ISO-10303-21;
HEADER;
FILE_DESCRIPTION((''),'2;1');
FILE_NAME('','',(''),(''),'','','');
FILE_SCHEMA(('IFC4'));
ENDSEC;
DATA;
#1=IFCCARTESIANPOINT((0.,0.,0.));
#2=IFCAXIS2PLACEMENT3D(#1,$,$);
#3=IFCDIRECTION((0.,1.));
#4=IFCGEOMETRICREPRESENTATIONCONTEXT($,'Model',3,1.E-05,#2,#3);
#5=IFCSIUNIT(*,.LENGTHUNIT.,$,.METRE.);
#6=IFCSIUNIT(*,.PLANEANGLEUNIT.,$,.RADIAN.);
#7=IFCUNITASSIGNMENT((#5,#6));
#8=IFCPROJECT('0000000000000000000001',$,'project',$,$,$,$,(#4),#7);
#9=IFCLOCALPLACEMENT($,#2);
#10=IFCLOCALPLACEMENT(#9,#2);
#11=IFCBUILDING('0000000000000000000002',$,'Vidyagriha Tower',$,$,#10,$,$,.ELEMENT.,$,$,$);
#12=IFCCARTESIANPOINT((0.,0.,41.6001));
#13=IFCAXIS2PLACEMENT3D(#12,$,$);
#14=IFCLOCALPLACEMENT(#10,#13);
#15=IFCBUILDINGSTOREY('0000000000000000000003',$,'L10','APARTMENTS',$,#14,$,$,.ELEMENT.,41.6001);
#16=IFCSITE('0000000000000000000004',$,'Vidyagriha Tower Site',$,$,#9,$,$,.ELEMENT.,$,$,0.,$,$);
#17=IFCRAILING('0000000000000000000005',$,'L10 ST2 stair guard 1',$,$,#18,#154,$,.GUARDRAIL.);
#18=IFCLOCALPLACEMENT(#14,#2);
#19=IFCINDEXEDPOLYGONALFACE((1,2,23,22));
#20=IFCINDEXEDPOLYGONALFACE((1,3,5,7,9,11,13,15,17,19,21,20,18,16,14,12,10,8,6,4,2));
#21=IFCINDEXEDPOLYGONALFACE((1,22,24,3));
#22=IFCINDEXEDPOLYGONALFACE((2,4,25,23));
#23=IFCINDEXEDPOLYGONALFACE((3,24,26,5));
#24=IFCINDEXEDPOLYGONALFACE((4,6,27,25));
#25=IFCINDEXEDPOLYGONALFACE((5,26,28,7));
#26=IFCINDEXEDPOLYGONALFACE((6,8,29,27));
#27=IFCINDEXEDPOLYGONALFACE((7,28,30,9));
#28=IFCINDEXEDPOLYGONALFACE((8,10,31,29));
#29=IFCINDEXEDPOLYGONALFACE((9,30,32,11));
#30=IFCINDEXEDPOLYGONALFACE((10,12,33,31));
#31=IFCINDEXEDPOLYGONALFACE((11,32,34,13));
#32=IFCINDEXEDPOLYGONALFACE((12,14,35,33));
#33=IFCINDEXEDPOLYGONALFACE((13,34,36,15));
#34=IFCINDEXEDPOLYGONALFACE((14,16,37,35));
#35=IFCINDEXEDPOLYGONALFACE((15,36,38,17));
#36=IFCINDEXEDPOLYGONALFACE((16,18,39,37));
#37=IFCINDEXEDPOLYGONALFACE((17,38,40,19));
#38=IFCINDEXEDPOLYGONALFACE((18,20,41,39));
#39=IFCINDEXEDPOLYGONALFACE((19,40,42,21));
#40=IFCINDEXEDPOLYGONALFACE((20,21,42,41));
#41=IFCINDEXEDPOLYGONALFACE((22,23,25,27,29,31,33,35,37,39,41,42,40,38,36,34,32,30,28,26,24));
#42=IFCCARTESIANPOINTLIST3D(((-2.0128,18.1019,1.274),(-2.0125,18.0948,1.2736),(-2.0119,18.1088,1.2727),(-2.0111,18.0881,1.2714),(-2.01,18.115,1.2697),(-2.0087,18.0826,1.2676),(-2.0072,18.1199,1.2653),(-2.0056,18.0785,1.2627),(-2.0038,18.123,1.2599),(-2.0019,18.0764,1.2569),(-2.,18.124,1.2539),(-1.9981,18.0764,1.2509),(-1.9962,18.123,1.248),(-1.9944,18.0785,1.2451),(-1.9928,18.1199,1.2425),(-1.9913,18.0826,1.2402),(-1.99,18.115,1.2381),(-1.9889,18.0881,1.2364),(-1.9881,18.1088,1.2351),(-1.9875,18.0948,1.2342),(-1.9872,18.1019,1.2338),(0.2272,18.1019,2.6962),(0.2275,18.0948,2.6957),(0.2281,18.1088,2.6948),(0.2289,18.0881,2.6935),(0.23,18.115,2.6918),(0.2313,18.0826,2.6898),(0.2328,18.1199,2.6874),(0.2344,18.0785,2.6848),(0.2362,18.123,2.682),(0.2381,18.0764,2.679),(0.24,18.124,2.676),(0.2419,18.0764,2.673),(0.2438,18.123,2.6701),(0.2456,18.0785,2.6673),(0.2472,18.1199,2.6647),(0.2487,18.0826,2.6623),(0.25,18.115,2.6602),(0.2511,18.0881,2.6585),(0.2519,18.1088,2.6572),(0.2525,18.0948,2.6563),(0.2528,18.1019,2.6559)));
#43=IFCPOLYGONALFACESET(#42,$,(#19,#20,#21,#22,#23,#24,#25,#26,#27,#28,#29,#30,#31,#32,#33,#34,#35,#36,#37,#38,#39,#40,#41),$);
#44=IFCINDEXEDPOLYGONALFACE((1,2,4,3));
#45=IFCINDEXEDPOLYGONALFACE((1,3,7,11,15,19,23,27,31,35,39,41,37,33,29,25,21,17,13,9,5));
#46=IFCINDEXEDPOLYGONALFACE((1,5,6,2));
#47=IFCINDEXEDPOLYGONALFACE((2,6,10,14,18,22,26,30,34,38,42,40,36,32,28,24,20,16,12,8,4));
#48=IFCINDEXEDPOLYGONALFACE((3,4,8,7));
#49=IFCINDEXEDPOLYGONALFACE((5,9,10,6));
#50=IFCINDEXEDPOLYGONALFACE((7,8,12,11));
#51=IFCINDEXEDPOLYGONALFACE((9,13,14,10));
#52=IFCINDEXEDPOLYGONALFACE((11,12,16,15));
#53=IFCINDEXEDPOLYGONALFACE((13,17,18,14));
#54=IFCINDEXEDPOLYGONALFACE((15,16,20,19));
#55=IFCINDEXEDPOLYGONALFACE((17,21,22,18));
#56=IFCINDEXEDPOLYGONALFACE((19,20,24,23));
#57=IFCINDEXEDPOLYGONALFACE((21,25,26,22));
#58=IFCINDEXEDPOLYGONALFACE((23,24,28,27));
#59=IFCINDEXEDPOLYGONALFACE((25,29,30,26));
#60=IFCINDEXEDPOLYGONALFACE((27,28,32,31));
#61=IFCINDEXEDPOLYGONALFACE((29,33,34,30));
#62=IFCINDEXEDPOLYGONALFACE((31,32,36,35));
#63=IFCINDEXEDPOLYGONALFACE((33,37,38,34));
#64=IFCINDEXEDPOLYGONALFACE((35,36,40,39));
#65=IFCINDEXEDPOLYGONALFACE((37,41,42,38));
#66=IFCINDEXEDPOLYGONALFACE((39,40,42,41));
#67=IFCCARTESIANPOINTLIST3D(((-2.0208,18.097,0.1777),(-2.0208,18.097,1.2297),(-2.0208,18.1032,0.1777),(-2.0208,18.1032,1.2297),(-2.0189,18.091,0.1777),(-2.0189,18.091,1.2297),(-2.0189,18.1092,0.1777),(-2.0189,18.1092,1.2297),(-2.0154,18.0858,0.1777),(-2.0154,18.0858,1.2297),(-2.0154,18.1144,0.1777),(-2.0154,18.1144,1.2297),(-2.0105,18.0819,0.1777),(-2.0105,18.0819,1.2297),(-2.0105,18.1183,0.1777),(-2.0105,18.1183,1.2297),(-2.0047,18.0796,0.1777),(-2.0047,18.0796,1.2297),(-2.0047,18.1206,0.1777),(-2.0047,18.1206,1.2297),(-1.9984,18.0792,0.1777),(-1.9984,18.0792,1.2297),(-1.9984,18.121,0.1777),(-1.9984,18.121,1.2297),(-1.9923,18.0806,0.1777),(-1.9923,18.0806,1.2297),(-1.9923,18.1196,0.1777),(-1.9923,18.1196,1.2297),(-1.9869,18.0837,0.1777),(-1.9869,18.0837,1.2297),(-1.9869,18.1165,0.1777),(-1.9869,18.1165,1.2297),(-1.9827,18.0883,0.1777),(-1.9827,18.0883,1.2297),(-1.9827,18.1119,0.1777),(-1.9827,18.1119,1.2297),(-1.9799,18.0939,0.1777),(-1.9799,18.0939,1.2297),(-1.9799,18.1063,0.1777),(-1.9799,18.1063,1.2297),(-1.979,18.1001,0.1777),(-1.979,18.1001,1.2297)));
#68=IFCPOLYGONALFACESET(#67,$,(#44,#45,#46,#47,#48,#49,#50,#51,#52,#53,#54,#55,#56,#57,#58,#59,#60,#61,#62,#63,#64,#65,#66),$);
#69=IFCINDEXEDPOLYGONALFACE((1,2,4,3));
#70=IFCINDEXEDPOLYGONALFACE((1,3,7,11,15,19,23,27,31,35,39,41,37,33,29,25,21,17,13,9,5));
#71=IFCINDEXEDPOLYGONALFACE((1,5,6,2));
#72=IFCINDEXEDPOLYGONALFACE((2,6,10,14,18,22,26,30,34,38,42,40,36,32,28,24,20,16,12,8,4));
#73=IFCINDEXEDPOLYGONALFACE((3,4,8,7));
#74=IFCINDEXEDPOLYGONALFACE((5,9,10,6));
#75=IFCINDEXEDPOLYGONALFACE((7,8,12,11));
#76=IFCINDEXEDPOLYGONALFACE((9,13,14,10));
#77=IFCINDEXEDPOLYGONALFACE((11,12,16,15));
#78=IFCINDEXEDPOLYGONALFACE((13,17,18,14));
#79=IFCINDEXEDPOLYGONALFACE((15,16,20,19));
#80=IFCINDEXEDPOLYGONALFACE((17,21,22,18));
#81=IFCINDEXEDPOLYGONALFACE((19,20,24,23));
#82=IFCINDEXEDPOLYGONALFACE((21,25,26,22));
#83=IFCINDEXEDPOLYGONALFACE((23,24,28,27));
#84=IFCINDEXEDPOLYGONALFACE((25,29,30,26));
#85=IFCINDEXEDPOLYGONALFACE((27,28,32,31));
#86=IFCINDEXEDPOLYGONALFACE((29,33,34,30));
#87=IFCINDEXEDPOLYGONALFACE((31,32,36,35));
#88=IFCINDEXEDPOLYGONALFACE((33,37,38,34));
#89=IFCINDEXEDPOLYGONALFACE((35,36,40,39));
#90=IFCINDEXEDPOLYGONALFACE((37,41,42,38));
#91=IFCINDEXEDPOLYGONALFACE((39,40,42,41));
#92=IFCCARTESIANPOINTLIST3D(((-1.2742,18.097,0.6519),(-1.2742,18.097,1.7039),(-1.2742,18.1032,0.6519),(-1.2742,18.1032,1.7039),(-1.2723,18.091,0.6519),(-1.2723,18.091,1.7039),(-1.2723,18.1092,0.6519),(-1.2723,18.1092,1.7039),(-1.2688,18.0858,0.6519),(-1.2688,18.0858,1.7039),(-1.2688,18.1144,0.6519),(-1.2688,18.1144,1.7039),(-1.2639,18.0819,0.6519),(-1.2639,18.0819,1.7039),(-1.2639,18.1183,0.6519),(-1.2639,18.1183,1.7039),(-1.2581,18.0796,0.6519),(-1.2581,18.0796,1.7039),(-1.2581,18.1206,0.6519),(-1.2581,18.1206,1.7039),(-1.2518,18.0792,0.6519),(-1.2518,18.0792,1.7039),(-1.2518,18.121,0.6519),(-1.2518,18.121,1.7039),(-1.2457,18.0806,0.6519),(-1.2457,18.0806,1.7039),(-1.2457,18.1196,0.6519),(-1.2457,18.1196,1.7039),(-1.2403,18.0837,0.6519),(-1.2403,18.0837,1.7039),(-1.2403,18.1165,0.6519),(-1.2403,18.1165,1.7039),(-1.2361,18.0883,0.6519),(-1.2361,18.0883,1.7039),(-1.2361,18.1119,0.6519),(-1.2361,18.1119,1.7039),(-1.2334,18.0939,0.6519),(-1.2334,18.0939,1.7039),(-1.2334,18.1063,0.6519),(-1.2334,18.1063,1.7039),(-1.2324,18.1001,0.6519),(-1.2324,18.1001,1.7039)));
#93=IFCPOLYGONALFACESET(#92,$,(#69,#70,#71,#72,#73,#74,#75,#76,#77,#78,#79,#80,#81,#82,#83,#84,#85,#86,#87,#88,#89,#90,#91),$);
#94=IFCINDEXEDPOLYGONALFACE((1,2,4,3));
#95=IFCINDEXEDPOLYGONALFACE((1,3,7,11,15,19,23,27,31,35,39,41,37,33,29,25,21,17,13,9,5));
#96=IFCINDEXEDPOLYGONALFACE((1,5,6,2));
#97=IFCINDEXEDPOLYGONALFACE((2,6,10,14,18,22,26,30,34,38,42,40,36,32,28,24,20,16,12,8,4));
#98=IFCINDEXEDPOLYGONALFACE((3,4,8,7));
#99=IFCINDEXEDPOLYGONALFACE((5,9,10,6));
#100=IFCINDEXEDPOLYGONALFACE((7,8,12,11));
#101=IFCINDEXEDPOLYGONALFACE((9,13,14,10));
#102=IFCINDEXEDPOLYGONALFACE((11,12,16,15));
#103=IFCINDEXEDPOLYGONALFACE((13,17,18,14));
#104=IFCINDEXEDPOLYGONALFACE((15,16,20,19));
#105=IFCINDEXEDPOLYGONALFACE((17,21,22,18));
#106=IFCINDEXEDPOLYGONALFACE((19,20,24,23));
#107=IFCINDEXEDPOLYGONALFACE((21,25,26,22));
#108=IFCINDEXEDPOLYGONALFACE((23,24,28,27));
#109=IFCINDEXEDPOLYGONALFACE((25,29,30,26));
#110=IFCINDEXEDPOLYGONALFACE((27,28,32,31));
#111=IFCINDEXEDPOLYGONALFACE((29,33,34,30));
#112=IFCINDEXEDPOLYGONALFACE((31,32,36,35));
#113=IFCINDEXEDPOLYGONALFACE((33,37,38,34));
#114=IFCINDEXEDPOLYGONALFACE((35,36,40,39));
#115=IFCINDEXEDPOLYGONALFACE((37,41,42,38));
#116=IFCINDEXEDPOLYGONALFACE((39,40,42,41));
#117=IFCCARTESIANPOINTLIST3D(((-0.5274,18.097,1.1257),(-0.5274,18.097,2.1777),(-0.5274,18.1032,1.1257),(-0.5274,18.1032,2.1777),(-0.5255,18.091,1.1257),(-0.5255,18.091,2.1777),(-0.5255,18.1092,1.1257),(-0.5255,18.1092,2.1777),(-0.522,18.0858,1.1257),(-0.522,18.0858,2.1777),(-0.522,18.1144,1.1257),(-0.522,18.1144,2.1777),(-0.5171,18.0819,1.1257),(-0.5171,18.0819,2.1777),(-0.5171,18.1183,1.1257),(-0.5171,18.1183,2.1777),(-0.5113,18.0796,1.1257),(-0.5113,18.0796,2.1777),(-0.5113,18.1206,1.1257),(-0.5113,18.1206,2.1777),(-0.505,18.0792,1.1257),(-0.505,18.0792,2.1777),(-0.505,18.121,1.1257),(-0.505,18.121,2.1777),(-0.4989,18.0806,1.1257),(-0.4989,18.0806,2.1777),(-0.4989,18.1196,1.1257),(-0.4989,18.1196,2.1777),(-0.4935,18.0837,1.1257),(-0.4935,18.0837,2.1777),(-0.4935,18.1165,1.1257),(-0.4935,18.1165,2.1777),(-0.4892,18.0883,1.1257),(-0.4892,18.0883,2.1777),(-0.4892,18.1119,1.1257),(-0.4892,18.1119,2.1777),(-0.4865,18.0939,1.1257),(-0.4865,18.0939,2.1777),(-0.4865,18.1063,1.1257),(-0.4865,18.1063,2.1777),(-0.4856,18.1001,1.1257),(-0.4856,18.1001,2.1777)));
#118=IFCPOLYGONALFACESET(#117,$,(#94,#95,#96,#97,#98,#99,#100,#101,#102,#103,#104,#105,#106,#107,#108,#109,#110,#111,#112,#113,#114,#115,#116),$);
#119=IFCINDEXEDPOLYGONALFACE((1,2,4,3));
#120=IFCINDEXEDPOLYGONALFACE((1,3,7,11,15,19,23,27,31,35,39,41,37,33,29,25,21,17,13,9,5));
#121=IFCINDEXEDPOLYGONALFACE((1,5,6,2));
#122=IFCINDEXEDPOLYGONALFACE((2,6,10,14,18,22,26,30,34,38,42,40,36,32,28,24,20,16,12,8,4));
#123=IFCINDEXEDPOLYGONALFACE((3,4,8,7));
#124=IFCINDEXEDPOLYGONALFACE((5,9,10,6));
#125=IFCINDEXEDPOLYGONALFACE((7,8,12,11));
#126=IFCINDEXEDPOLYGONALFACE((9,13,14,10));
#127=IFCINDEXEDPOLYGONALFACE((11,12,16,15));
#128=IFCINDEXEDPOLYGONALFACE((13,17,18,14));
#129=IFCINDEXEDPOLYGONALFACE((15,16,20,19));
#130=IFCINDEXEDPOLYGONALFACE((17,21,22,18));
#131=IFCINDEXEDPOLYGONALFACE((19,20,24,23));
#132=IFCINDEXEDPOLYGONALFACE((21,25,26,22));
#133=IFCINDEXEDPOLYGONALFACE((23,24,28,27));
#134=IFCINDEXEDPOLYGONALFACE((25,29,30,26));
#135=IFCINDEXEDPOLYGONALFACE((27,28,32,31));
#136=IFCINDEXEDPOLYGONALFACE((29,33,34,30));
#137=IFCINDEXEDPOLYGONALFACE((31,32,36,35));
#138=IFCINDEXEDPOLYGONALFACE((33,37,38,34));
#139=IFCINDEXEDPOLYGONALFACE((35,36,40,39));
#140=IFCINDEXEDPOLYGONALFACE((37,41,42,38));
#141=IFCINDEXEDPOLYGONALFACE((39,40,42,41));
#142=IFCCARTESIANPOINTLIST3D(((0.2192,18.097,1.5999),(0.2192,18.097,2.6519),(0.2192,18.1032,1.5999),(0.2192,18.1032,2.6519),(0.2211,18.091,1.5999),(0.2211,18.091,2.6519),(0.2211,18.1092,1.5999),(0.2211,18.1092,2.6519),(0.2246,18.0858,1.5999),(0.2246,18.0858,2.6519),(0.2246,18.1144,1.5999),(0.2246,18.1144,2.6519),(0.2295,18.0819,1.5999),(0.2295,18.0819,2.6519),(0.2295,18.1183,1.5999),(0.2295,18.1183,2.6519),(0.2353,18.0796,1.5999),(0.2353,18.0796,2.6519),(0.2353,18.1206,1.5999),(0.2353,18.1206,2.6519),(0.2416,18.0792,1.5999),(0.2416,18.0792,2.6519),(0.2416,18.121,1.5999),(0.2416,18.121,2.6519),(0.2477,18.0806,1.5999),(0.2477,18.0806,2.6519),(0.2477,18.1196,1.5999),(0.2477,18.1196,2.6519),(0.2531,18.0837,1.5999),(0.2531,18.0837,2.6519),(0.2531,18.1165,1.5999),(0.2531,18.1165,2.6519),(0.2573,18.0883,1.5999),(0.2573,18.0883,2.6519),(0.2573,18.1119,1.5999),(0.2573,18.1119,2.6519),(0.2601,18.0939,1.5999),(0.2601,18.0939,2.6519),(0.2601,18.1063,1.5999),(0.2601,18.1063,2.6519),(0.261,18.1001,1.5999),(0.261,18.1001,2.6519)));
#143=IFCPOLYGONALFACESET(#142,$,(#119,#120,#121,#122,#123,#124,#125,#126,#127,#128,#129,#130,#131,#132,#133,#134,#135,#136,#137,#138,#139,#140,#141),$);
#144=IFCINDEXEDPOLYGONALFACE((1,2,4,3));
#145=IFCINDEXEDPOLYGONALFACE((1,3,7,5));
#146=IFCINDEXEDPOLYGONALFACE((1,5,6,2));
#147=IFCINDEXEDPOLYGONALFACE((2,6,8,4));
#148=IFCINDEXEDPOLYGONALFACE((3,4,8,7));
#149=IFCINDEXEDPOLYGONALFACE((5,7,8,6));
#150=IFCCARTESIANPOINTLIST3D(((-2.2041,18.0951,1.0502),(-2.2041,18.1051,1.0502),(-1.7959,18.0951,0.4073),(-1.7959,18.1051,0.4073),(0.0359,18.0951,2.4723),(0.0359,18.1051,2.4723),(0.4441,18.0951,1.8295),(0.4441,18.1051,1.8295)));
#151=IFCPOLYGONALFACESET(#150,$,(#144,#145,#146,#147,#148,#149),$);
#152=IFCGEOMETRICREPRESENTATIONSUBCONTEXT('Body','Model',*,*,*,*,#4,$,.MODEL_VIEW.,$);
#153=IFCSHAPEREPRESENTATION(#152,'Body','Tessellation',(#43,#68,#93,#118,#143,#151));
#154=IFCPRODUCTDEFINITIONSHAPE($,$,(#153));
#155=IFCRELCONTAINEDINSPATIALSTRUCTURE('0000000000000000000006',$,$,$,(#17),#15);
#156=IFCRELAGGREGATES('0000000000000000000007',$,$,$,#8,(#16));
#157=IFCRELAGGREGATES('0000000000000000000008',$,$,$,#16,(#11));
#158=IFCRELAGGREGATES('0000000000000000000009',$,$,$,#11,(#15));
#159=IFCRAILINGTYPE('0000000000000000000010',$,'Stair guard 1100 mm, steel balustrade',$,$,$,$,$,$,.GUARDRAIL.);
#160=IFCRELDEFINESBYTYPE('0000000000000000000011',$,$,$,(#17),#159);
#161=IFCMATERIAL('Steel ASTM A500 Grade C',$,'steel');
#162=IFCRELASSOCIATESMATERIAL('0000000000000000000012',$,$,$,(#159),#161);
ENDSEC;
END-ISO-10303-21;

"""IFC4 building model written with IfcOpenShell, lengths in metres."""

from ifc_helpers import new_model, si_unit, direction, frame, origin, origin_2d, place, context, subcontext, project, spatial, rectangle, circle, extrude, material, type_object, element, save


model = new_model("IFC4")

# Units and contexts
model_context = context("Model", 3, precision=1e-05, world=origin(), true_north=direction((0.0, 1.0)))
body_context = subcontext(model_context, "Body", "Model", "MODEL_VIEW")
ifc_project = project(units=[si_unit("LENGTHUNIT", "METRE"), si_unit("PLANEANGLEUNIT", "RADIAN")], contexts=[model_context])

# Site, building, storey
site_placement = place(None, origin())
site = spatial("IfcSite", under=ifc_project, at=site_placement, Name="Vidyagriha Tower Site", CompositionType="ELEMENT", RefElevation=0.0)
building_placement = place(site_placement, origin())
building = spatial("IfcBuilding", under=site, at=building_placement, Name="Vidyagriha Tower", CompositionType="ELEMENT")
storey_placement = place(building_placement, frame((0.0, 0.0, 41.6001)))
storey = spatial("IfcBuildingStorey", under=building, at=storey_placement, Name="L10", Description="APARTMENTS", CompositionType="ELEMENT", Elevation=41.6001)

# Railing
ifc_material_1 = material(Name="Steel ASTM A500 Grade C", Category="steel")
railing_type_1 = type_object("IfcRailingType", Name="Stair guard 1100 mm, steel balustrade", PredefinedType="GUARDRAIL", material=ifc_material_1)
railing_1_placement = place(storey_placement, frame((-2.0, 18.1001, 0.1777)))
element("IfcRailing", 1, at=railing_1_placement, inside=storey, type_object=railing_type_1, Name="L10 ST2 stair guard 1", PredefinedType="GUARDRAIL", context=body_context, shape_type="SweptSolid", body=[
    extrude(circle(Radius=0.0239, at=origin_2d()), frame((0.0, 0.0, 1.0762), z_axis=(0.844229, 0.0, 0.535982), x_axis=(0.0, 1.0, 0.0)), (0.0, 0.0, 1.0), 2.6533),
    extrude(circle(Radius=0.021, at=origin_2d()), origin(), (0.0, 0.0, 1.0), 1.052),
    extrude(circle(Radius=0.021, at=origin_2d()), frame((0.7466, 0.0, 0.4741)), (0.0, 0.0, 1.0), 1.052),
    extrude(circle(Radius=0.021, at=origin_2d()), frame((1.4934, 0.0, 0.948)), (0.0, 0.0, 1.0), 1.052),
    extrude(circle(Radius=0.021, at=origin_2d()), frame((2.24, 0.0, 1.4221)), (0.0, 0.0, 1.0), 1.052),
    extrude(rectangle(XDim=0.01, YDim=0.7615, at=origin_2d()), frame((0.0, 0.0, 0.551), z_axis=(0.844229, 0.0, 0.535982), x_axis=(0.0, 1.0, 0.0)), (0.0, 0.0, 1.0), 2.6533),
])

save(model, "model.ifc")
